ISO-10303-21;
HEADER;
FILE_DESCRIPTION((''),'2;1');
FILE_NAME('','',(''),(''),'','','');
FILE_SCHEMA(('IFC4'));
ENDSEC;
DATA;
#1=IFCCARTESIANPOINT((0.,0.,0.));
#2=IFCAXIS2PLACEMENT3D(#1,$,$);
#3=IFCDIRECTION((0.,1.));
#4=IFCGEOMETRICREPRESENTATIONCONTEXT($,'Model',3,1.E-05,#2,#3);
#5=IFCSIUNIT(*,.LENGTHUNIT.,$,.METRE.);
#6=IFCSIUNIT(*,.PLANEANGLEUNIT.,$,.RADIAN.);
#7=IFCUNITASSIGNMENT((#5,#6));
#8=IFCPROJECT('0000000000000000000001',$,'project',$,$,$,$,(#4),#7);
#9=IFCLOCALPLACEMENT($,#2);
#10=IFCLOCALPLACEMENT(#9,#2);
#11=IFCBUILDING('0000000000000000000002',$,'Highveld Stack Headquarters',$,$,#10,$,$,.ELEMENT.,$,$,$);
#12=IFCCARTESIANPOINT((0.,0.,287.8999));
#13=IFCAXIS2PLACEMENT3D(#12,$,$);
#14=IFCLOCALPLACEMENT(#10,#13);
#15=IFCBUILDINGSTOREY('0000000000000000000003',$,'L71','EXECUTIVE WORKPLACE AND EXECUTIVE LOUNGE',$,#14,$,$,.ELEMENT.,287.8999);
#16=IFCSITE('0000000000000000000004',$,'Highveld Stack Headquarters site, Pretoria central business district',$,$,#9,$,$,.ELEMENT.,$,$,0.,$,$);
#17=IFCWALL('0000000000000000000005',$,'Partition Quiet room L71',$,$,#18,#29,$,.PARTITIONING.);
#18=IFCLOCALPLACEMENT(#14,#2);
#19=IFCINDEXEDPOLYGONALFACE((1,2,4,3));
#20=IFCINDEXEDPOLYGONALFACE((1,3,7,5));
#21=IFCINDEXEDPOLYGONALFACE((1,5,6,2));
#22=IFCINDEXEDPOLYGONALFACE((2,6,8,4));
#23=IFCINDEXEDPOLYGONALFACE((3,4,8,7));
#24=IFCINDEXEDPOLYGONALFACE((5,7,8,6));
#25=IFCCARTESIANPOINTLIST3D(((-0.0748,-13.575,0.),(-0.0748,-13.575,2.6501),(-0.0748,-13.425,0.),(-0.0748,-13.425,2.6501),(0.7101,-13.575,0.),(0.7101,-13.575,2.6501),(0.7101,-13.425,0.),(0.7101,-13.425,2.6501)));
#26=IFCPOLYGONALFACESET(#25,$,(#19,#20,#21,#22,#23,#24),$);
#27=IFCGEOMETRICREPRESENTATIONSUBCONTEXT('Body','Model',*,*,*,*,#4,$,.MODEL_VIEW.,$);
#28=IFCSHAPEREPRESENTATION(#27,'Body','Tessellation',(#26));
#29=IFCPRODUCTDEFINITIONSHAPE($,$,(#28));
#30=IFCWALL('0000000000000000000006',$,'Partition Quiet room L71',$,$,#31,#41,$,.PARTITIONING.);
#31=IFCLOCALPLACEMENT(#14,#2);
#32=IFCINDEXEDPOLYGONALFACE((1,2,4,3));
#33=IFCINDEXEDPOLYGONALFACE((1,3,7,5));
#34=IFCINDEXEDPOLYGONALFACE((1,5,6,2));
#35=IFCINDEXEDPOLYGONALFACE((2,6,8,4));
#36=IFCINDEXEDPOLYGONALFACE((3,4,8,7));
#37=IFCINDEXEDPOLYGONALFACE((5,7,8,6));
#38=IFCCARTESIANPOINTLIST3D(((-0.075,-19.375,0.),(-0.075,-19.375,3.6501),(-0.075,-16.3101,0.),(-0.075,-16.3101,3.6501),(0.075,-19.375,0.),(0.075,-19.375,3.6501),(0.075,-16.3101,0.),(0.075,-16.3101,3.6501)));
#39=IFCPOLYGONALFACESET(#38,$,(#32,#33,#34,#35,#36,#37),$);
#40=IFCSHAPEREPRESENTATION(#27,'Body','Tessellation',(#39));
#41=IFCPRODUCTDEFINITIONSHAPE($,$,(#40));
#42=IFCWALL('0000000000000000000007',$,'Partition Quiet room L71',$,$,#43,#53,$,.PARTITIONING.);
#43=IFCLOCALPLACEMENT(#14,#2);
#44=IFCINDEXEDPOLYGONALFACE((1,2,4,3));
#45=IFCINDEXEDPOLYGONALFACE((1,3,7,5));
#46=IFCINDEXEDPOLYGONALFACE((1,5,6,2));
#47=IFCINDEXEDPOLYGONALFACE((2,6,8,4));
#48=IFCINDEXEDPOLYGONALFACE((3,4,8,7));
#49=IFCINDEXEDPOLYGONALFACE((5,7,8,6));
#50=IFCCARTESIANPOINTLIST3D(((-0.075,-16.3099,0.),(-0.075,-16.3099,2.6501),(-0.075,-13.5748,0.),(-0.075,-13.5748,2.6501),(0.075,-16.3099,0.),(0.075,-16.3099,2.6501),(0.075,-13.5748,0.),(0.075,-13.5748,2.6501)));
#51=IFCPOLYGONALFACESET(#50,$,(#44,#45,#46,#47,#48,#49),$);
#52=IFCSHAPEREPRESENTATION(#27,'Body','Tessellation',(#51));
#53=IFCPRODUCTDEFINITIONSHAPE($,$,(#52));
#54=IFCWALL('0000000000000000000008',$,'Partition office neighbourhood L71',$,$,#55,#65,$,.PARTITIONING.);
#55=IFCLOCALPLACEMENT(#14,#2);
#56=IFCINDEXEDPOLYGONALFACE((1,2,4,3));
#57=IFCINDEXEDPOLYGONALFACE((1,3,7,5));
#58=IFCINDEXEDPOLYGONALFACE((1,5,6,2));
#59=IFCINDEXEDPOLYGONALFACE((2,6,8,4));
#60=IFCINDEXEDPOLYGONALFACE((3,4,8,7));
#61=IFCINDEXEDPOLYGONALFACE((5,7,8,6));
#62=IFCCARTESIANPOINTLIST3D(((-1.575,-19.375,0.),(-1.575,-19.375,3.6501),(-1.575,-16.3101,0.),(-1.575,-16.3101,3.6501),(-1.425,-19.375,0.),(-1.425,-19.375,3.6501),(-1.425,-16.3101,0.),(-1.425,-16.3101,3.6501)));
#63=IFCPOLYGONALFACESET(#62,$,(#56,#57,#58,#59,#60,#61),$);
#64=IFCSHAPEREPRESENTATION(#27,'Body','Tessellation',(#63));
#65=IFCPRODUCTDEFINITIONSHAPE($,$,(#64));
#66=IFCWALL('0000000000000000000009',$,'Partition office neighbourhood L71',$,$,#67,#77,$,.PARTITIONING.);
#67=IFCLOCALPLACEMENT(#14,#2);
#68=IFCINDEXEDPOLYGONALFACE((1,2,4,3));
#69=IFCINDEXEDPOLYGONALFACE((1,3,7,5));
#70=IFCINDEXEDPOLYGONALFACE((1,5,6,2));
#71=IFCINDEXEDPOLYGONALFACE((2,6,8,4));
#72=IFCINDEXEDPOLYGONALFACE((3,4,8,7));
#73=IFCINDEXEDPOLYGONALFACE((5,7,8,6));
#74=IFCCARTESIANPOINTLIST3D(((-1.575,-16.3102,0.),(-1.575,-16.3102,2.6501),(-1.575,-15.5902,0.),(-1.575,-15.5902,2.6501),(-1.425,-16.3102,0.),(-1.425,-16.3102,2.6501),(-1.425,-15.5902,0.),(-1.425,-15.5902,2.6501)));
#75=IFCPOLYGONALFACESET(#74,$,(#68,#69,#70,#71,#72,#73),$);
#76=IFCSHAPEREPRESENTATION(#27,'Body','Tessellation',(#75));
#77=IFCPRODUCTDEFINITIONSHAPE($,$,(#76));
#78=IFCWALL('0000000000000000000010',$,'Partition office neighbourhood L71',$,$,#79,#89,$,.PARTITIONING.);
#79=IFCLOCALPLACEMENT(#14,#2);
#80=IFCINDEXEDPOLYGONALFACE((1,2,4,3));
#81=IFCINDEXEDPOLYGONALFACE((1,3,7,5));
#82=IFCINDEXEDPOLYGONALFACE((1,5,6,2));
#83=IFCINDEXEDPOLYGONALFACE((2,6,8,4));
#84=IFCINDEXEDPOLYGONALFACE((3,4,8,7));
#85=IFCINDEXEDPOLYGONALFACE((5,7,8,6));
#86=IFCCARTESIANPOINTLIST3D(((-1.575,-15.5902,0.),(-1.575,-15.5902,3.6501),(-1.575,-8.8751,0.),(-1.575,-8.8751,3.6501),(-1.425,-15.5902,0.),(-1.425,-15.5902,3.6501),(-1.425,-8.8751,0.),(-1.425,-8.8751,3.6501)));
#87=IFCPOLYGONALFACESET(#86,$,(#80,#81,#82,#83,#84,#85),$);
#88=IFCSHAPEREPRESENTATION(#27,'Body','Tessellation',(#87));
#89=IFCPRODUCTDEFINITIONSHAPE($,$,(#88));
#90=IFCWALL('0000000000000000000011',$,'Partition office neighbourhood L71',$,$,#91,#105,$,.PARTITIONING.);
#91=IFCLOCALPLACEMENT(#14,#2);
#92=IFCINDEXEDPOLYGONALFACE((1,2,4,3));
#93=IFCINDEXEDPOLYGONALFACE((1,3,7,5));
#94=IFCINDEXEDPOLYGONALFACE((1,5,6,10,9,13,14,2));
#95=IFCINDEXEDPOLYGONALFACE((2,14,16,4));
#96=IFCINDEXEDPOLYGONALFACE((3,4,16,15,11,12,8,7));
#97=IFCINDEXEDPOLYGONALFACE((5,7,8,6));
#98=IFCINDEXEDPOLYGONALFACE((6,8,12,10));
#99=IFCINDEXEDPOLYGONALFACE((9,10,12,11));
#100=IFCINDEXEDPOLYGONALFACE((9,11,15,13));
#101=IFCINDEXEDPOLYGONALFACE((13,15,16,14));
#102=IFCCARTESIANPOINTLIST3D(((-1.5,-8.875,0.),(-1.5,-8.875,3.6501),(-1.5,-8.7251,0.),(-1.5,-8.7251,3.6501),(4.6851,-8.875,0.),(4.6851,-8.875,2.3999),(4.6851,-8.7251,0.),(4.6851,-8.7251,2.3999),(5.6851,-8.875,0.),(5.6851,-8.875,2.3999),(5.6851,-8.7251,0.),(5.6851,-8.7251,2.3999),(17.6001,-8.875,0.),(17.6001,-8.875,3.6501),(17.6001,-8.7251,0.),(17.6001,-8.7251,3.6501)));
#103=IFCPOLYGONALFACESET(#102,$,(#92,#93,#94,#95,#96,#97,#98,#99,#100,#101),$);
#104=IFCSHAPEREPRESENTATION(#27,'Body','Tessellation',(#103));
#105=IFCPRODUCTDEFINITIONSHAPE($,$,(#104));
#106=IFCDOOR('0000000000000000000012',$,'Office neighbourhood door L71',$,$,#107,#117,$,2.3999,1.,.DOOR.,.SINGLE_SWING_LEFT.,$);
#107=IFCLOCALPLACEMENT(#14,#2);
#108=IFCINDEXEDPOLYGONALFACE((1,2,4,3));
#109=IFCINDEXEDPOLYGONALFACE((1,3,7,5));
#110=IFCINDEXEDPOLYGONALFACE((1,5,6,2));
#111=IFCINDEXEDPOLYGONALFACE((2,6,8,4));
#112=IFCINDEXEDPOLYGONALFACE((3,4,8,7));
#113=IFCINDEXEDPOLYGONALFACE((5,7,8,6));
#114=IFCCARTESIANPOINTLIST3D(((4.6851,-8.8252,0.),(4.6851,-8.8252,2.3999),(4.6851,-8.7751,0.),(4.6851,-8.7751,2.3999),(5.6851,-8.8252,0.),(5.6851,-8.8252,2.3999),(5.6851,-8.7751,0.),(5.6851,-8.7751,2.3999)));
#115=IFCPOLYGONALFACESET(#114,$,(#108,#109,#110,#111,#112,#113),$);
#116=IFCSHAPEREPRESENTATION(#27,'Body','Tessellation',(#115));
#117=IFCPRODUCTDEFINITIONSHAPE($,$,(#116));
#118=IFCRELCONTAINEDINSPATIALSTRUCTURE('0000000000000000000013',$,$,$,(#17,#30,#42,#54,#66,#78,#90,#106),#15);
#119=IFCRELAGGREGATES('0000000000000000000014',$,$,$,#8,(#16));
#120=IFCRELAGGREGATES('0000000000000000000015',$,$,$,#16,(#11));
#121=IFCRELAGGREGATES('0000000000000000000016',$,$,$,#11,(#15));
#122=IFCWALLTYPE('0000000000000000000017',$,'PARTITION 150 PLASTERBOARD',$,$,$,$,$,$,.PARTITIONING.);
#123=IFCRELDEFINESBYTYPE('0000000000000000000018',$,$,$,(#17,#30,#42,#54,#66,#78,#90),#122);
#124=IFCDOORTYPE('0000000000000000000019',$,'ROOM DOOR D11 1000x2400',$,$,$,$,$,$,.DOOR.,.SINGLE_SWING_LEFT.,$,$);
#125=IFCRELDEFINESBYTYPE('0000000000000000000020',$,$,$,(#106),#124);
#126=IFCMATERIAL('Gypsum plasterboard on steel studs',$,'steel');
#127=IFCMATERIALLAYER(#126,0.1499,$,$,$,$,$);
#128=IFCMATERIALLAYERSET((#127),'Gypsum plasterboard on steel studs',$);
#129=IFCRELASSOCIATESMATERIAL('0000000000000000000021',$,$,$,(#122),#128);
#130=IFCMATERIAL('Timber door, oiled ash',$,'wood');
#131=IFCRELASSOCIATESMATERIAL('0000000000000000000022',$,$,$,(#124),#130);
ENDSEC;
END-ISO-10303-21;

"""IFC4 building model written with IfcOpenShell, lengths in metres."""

from ifc_helpers import new_model, si_unit, direction, frame, frame_2d, origin, place, context, subcontext, project, spatial, rectangle, extrude, material, layer, layer_set, type_object, element, fill, save


model = new_model("IFC4")

# Units and contexts
model_context = context("Model", 3, precision=1e-05, world=origin(), true_north=direction((0.0, 1.0)))
body_context = subcontext(model_context, "Body", "Model", "MODEL_VIEW")
ifc_project = project(units=[si_unit("LENGTHUNIT", "METRE"), si_unit("PLANEANGLEUNIT", "RADIAN")], contexts=[model_context])

# Site, building, storey
site_placement = place(None, origin())
site = spatial("IfcSite", under=ifc_project, at=site_placement, Name="Highveld Stack Headquarters site, Pretoria central business district", CompositionType="ELEMENT", RefElevation=0.0)
building_placement = place(site_placement, origin())
building = spatial("IfcBuilding", under=site, at=building_placement, Name="Highveld Stack Headquarters", CompositionType="ELEMENT")
storey_placement = place(building_placement, frame((0.0, 0.0, 287.8999)))
storey = spatial("IfcBuildingStorey", under=building, at=storey_placement, Name="L71", Description="EXECUTIVE WORKPLACE AND EXECUTIVE LOUNGE", CompositionType="ELEMENT", Elevation=287.8999)

# Walls
ifc_material_1 = material(Name="Gypsum plasterboard on steel studs", Category="steel")
ifc_layer_1 = layer(ifc_material_1, 0.1499)
ifc_layer_set_1 = layer_set([ifc_layer_1], Name="Gypsum plasterboard on steel studs")
wall_type_1 = type_object("IfcWallType", Name="PARTITION 150 PLASTERBOARD", PredefinedType="PARTITIONING", material=ifc_layer_set_1)
wall_1_placement = place(storey_placement, frame((-0.075, -13.5, 0.0), z_axis=(0.0, 0.0, 1.0), x_axis=(1.0, 0.0, 0.0)))
element("IfcWall", 1, at=wall_1_placement, inside=storey, type_object=wall_type_1, Name="Partition Quiet room L71", PredefinedType="PARTITIONING", context=body_context, shape_type="SweptSolid", body=[
    extrude(rectangle(XDim=0.7849, YDim=0.1499, at=frame_2d((0.3926, 0.0))), origin(), (0.0, 0.0, 1.0), 2.6501),
])
wall_2_placement = place(storey_placement, frame((0.0, -19.375, 0.0), z_axis=(0.0, 0.0, 1.0), x_axis=(0.0, 1.0, 0.0)))
element("IfcWall", 2, at=wall_2_placement, inside=storey, type_object=wall_type_1, Name="Partition Quiet room L71", PredefinedType="PARTITIONING", context=body_context, shape_type="SweptSolid", body=[
    extrude(rectangle(XDim=3.0649, YDim=0.1499, at=frame_2d((1.5325, 0.0))), origin(), (0.0, 0.0, 1.0), 3.6501),
])
wall_3_placement = place(storey_placement, frame((0.0, -16.3101, 0.0), z_axis=(0.0, 0.0, 1.0), x_axis=(0.0, 1.0, 0.0)))
element("IfcWall", 3, at=wall_3_placement, inside=storey, type_object=wall_type_1, Name="Partition Quiet room L71", PredefinedType="PARTITIONING", context=body_context, shape_type="SweptSolid", body=[
    extrude(rectangle(XDim=2.7351, YDim=0.1499, at=frame_2d((1.3677, 0.0))), origin(), (0.0, 0.0, 1.0), 2.6501),
])
wall_4_placement = place(storey_placement, frame((-1.5, -19.375, 0.0), z_axis=(0.0, 0.0, 1.0), x_axis=(0.0, 1.0, 0.0)))
element("IfcWall", 4, at=wall_4_placement, inside=storey, type_object=wall_type_1, Name="Partition office neighbourhood L71", PredefinedType="PARTITIONING", context=body_context, shape_type="SweptSolid", body=[
    extrude(rectangle(XDim=3.0649, YDim=0.1499, at=frame_2d((1.5325, 0.0))), origin(), (0.0, 0.0, 1.0), 3.6501),
])
wall_5_placement = place(storey_placement, frame((-1.5, -16.3101, 0.0), z_axis=(0.0, 0.0, 1.0), x_axis=(0.0, 1.0, 0.0)))
element("IfcWall", 5, at=wall_5_placement, inside=storey, type_object=wall_type_1, Name="Partition office neighbourhood L71", PredefinedType="PARTITIONING", context=body_context, shape_type="SweptSolid", body=[
    extrude(rectangle(XDim=0.72, YDim=0.1499, at=frame_2d((0.3599, 0.0))), origin(), (0.0, 0.0, 1.0), 2.6501),
])
wall_6_placement = place(storey_placement, frame((-1.5, -15.5901, 0.0), z_axis=(0.0, 0.0, 1.0), x_axis=(0.0, 1.0, 0.0)))
element("IfcWall", 6, at=wall_6_placement, inside=storey, type_object=wall_type_1, Name="Partition office neighbourhood L71", PredefinedType="PARTITIONING", context=body_context, shape_type="SweptSolid", body=[
    extrude(rectangle(XDim=6.7151, YDim=0.1499, at=frame_2d((3.3574, 0.0))), origin(), (0.0, 0.0, 1.0), 3.6501),
])

# Wall, opening, door
wall_7_placement = place(storey_placement, frame((-1.5, -8.8, 0.0), z_axis=(0.0, 0.0, 1.0), x_axis=(1.0, 0.0, 0.0)))
wall_7 = element("IfcWall", 7, at=wall_7_placement, inside=storey, type_object=wall_type_1, Name="Partition office neighbourhood L71", PredefinedType="PARTITIONING", context=body_context, shape_type="SweptSolid", body=[
    extrude(rectangle(XDim=19.1001, YDim=0.1499, at=frame_2d((9.55, 0.0))), origin(), (0.0, 0.0, 1.0), 3.6501),
])
opening_placement = place(wall_7_placement, frame((6.1851, 0.0, 0.0)))
opening = element("IfcOpeningElement", 8, at=opening_placement, cuts=wall_7, PredefinedType="OPENING", context=body_context, shape_type="SweptSolid", body=[
    extrude(rectangle(XDim=1.0, YDim=2.3999, at=frame_2d((0.5, 1.2))), frame((0.0, 0.085, 0.0), z_axis=(0.0, -1.0, 0.0), x_axis=(1.0, 0.0, 0.0)), (0.0, 0.0, 1.0), 0.1699),
])
ifc_material_2 = material(Name="Timber door, oiled ash", Category="wood")
door_type = type_object("IfcDoorType", Name="ROOM DOOR D11 1000x2400", OperationType="SINGLE_SWING_LEFT", PredefinedType="DOOR", material=ifc_material_2)
door_placement = place(opening_placement, origin())
door = element("IfcDoor", 9, at=door_placement, inside=storey, type_object=door_type, Name="Office neighbourhood door L71", OperationType="SINGLE_SWING_LEFT", OverallHeight=2.3999, OverallWidth=1.0, PredefinedType="DOOR", context=body_context, shape_type="SweptSolid", body=[
    extrude(rectangle(XDim=1.0, YDim=2.3999, at=frame_2d((0.5, 1.2))), frame((0.0, 0.0249, 0.0), z_axis=(0.0, -1.0, 0.0), x_axis=(1.0, 0.0, 0.0)), (0.0, 0.0, 1.0), 0.05),
])
fill(opening, door)

save(model, "model.ifc")
